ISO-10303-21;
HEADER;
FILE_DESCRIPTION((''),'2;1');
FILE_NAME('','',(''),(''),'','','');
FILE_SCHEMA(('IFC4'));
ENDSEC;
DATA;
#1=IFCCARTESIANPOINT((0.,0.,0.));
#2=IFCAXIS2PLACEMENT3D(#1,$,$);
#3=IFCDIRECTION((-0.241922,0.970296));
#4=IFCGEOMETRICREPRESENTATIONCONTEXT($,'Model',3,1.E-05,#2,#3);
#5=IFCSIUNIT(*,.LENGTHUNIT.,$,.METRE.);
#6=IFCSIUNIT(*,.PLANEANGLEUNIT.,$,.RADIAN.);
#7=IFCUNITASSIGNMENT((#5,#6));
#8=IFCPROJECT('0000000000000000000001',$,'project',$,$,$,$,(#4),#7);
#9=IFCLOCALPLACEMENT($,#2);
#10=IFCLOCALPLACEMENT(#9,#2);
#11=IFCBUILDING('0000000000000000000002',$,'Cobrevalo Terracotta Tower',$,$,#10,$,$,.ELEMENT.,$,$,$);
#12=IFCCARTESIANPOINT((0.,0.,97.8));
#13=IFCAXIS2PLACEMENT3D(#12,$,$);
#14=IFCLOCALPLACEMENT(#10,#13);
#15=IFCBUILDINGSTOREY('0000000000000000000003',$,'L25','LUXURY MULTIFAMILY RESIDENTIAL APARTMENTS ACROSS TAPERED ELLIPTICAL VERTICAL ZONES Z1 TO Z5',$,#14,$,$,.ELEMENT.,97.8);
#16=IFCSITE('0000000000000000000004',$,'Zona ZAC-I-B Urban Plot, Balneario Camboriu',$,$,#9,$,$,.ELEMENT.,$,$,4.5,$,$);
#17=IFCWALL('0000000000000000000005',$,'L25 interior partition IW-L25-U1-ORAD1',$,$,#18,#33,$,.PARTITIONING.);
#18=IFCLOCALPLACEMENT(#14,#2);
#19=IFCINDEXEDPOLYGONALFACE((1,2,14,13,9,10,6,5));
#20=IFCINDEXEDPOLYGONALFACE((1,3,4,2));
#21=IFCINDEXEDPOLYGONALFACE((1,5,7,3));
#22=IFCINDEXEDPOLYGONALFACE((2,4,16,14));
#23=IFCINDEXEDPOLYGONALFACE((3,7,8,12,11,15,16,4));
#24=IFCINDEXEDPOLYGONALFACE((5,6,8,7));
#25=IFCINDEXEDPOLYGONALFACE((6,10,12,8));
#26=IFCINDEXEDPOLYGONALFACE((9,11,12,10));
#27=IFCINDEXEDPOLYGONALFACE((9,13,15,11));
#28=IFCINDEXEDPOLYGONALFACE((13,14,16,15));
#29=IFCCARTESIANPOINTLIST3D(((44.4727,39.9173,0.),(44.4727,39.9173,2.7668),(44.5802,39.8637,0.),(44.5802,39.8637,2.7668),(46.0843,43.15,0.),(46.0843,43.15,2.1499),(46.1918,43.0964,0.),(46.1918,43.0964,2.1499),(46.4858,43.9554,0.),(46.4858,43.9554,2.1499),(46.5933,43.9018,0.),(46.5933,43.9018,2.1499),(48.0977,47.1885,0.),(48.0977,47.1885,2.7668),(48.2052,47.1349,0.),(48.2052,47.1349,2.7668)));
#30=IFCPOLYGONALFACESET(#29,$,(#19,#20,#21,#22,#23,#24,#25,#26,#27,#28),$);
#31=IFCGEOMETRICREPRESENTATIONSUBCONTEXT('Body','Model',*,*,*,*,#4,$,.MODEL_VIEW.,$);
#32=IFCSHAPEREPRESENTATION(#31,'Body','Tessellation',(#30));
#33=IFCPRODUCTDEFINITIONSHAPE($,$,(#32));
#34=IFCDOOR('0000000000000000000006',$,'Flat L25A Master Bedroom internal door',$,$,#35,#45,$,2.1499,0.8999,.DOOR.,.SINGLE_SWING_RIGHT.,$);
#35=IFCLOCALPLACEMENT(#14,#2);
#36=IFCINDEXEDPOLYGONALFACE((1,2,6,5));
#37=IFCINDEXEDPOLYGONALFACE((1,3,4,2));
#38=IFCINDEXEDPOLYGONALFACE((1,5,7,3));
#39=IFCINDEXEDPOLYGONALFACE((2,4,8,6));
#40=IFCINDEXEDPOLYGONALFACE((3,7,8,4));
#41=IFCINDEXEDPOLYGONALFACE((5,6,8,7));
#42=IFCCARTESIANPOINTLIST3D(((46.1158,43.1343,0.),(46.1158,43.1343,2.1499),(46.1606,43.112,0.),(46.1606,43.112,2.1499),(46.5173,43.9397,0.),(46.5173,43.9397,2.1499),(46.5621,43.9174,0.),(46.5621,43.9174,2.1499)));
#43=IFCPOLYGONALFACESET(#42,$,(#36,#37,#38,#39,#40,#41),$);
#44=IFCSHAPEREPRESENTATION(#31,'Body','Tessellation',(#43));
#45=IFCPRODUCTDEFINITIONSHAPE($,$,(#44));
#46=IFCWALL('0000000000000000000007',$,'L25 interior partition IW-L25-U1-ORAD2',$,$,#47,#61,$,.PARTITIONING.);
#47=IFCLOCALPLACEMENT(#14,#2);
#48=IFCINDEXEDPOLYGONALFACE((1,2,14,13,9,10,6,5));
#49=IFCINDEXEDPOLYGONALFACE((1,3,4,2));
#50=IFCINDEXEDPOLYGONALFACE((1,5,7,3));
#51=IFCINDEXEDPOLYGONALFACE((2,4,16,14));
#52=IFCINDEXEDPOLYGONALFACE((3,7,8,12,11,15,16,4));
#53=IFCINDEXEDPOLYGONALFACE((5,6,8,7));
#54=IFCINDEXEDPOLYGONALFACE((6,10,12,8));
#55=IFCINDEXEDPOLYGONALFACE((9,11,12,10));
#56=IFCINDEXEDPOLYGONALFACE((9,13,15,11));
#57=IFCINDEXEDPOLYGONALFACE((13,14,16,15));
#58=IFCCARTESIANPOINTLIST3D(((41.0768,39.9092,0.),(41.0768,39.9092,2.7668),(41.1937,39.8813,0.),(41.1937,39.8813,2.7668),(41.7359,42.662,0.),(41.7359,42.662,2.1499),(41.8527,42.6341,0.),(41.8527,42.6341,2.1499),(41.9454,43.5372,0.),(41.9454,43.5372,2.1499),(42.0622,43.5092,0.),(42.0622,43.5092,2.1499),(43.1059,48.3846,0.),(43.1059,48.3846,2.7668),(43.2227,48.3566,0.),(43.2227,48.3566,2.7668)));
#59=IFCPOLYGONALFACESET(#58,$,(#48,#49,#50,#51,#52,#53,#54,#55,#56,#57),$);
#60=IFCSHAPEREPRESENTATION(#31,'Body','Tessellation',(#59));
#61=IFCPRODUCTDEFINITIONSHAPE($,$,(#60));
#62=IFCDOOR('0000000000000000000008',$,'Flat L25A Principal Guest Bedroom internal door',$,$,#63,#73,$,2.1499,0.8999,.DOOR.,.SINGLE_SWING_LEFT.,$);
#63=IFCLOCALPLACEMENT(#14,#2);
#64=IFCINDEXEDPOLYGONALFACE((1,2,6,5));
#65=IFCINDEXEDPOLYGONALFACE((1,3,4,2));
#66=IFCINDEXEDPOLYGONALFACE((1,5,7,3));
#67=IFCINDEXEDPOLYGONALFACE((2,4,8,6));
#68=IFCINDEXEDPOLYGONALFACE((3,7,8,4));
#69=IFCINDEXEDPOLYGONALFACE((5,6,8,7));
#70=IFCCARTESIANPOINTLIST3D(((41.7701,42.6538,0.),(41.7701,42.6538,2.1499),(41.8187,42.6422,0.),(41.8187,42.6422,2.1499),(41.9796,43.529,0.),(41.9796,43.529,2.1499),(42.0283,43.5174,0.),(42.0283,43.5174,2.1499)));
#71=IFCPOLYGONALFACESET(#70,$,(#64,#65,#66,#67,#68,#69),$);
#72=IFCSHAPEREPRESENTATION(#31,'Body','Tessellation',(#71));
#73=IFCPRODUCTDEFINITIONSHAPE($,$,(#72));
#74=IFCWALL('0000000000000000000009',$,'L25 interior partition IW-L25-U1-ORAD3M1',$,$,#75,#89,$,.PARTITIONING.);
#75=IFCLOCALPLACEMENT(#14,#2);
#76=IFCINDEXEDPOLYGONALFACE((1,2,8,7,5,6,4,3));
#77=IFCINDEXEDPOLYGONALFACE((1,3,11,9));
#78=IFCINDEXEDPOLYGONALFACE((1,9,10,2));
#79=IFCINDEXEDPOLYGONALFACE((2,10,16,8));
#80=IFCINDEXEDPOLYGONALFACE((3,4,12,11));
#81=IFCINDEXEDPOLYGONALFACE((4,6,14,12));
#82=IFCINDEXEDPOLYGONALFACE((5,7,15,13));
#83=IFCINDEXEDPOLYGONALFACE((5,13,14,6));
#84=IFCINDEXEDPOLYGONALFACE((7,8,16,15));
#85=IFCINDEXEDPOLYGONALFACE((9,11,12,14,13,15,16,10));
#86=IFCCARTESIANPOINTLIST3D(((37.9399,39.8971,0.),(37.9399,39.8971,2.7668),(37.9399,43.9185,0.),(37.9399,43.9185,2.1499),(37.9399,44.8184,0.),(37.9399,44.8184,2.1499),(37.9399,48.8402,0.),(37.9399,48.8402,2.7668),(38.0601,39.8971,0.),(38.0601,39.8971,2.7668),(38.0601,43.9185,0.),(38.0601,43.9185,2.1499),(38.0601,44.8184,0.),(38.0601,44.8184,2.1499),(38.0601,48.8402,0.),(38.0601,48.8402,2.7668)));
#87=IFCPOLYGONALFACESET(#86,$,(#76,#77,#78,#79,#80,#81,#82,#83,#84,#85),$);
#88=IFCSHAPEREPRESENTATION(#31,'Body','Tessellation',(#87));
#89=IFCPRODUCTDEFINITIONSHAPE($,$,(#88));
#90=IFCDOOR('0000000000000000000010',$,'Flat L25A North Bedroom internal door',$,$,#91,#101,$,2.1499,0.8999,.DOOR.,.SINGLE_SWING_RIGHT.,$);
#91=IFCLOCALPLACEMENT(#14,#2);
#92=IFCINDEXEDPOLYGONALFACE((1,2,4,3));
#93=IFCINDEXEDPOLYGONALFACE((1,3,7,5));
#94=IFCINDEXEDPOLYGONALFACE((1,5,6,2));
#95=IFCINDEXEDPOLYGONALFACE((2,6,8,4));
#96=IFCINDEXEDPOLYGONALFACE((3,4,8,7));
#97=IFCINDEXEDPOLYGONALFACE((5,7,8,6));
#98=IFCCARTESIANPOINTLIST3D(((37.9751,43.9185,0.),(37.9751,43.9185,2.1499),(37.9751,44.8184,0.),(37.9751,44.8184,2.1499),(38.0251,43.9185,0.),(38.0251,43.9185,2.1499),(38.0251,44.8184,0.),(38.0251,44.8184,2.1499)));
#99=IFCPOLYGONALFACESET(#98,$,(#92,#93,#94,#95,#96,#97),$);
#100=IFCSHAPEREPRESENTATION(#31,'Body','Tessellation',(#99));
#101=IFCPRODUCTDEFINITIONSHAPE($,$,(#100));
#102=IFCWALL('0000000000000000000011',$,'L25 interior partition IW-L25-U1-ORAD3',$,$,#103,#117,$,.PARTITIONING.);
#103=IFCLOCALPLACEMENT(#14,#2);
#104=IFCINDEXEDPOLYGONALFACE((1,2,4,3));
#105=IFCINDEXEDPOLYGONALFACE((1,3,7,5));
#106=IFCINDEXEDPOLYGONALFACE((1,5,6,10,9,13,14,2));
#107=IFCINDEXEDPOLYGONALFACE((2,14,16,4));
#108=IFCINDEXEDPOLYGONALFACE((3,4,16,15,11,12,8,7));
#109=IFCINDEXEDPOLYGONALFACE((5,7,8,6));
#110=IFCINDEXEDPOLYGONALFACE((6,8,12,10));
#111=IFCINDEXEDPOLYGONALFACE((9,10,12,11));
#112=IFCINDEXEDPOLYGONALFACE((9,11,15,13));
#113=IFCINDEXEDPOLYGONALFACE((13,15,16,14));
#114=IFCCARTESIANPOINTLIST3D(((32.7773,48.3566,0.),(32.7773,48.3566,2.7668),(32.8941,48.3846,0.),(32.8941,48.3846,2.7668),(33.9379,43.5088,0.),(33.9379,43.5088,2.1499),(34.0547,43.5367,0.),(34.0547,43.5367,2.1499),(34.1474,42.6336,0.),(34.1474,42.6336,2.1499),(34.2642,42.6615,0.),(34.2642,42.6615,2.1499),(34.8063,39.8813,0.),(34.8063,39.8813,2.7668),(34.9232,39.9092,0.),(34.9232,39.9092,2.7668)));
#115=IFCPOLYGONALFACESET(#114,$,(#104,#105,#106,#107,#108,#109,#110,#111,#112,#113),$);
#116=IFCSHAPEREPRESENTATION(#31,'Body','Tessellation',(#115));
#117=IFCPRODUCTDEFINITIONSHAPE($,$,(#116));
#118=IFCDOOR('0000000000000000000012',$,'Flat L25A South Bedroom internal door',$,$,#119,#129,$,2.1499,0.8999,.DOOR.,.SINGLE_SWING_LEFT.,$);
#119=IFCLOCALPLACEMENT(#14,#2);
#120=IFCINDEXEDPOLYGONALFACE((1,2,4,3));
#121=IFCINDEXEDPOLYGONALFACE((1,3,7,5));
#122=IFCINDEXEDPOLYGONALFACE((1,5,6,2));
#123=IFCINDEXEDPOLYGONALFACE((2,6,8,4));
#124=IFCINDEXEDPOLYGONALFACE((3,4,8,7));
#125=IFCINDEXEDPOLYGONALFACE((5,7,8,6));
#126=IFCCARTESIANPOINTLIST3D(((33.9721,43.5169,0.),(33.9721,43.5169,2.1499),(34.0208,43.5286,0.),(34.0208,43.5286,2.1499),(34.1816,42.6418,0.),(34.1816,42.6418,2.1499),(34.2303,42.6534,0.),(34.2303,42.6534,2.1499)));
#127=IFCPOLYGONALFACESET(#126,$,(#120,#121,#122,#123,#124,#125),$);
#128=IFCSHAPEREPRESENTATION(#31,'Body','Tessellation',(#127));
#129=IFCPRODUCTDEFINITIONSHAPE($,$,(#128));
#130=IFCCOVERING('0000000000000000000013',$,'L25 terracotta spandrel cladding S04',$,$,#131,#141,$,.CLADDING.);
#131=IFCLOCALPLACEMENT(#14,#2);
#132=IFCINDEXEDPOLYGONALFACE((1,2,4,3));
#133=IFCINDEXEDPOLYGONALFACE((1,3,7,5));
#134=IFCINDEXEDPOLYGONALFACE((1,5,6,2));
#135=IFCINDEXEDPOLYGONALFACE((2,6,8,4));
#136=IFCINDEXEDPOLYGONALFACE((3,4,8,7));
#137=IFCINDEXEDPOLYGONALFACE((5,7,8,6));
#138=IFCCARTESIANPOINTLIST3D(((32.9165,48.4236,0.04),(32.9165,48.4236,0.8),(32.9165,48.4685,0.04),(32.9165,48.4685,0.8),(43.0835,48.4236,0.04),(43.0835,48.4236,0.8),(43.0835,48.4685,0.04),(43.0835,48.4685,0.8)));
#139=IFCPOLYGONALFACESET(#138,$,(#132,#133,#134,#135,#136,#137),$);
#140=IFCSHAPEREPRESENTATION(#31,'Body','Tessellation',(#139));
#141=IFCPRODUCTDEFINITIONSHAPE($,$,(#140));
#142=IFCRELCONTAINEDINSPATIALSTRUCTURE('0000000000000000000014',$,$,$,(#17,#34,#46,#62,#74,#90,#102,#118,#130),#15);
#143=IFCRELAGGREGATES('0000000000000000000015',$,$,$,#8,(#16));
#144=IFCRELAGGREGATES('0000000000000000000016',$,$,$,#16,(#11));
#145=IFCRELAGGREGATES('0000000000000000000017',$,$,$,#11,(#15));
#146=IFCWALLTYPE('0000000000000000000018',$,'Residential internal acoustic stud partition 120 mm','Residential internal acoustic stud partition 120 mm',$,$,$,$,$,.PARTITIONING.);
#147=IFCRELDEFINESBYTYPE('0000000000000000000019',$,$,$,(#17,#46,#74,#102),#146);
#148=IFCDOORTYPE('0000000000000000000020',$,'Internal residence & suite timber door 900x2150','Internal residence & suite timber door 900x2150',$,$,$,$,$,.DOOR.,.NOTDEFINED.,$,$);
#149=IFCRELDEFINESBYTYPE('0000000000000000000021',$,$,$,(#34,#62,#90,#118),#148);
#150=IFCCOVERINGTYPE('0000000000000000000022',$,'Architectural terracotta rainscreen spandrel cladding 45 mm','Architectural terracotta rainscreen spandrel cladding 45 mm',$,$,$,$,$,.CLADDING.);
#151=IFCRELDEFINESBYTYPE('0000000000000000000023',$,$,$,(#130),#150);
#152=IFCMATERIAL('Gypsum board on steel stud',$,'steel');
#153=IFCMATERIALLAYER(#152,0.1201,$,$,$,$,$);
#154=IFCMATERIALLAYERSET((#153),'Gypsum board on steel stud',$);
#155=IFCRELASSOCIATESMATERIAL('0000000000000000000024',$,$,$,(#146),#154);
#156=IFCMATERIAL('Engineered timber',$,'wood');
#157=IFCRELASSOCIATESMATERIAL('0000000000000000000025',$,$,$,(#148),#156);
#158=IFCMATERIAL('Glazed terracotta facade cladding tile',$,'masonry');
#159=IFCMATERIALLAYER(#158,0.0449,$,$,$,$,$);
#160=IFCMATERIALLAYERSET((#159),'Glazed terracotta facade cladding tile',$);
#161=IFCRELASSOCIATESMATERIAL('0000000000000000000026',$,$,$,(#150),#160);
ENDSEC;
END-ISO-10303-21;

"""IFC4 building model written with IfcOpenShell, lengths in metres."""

from ifc_helpers import new_model, si_unit, direction, frame, frame_2d, origin, origin_2d, place, context, subcontext, project, spatial, rectangle, extrude, source, transform, mapped, material, layer, layer_set, type_object, element, fill, save


model = new_model("IFC4")

# Units and contexts
model_context = context("Model", 3, precision=1e-05, world=origin(), true_north=direction((-0.241922, 0.970296)))
body_context = subcontext(model_context, "Body", "Model", "MODEL_VIEW")
ifc_project = project(units=[si_unit("LENGTHUNIT", "METRE"), si_unit("PLANEANGLEUNIT", "RADIAN")], contexts=[model_context])

# Site, building, storey
site_placement = place(None, origin())
site = spatial("IfcSite", under=ifc_project, at=site_placement, Name="Zona ZAC-I-B Urban Plot, Balneario Camboriu", CompositionType="ELEMENT", RefElevation=4.5)
building_placement = place(site_placement, origin())
building = spatial("IfcBuilding", under=site, at=building_placement, Name="Cobrevalo Terracotta Tower", CompositionType="ELEMENT")
storey_placement = place(building_placement, frame((0.0, 0.0, 97.8)))
storey = spatial("IfcBuildingStorey", under=building, at=storey_placement, Name="L25", Description="LUXURY MULTIFAMILY RESIDENTIAL APARTMENTS ACROSS TAPERED ELLIPTICAL VERTICAL ZONES Z1 TO Z5", CompositionType="ELEMENT", Elevation=97.8)

# Walls, openings, doors
ifc_material_1 = material(Name="Gypsum board on steel stud", Category="steel")
ifc_layer_1 = layer(ifc_material_1, 0.1201)
ifc_layer_set_1 = layer_set([ifc_layer_1], Name="Gypsum board on steel stud")
wall_type_1 = type_object("IfcWallType", Name="Residential internal acoustic stud partition 120 mm", Description="Residential internal acoustic stud partition 120 mm", PredefinedType="PARTITIONING", material=ifc_layer_set_1)
wall_1_placement = place(storey_placement, frame((44.5264, 39.8904, 0.0), z_axis=(0.0, 0.0, 1.0), x_axis=(0.446168, 0.894949, 0.0)))
wall_1 = element("IfcWall", 1, at=wall_1_placement, inside=storey, type_object=wall_type_1, Name="L25 interior partition IW-L25-U1-ORAD1", PredefinedType="PARTITIONING", context=body_context, shape_type="SweptSolid", body=[
    extrude(rectangle(XDim=8.1248, YDim=0.1201, at=frame_2d((4.0625, 0.0))), origin(), (0.0, 0.0, 1.0), 2.7668),
])
opening_1_placement = place(wall_1_placement, frame((3.6123, 0.0, 0.0)))
opening_1 = element("IfcOpeningElement", 2, at=opening_1_placement, cuts=wall_1, PredefinedType="OPENING", context=body_context, shape_type="SweptSolid", body=[
    extrude(rectangle(XDim=0.8999, YDim=2.1499, at=frame_2d((0.45, 1.075))), frame((0.0, 0.0701, 0.0), z_axis=(0.0, -1.0, 0.0), x_axis=(1.0, 0.0, 0.0)), (0.0, 0.0, 1.0), 0.1401),
])
ifc_material_2 = material(Name="Engineered timber", Category="wood")
door_type = type_object("IfcDoorType", Name="Internal residence & suite timber door 900x2150", Description="Internal residence & suite timber door 900x2150", OperationType="NOTDEFINED", PredefinedType="DOOR", material=ifc_material_2)
shared_shape_1 = source(origin(), body_context, "Body", "SweptSolid", [
    extrude(rectangle(XDim=0.8999, YDim=2.1499, at=frame_2d((0.45, 1.075))), frame((0.0, 0.0249, 0.0), z_axis=(0.0, -1.0, 0.0), x_axis=(1.0, 0.0, 0.0)), (0.0, 0.0, 1.0), 0.05),
])
door_1_placement = place(opening_1_placement, origin())
door_1 = element("IfcDoor", 3, at=door_1_placement, inside=storey, type_object=door_type, Name="Flat L25A Master Bedroom internal door", OperationType="SINGLE_SWING_RIGHT", OverallHeight=2.1499, OverallWidth=0.8999, PredefinedType="DOOR", context=body_context, shape_type="MappedRepresentation", body=[
    mapped(shared_shape_1, transform((0.0, 0.0, 0.0), scale=1.0)),
])
fill(opening_1, door_1)
wall_2_placement = place(storey_placement, frame((41.1353, 39.8953, 0.0), z_axis=(0.0, 0.0, 1.0), x_axis=(0.232827, 0.972518, 0.0)))
wall_2 = element("IfcWall", 4, at=wall_2_placement, inside=storey, type_object=wall_type_1, Name="L25 interior partition IW-L25-U1-ORAD2", PredefinedType="PARTITIONING", context=body_context, shape_type="SweptSolid", body=[
    extrude(rectangle(XDim=8.7148, YDim=0.1201, at=frame_2d((4.3574, 0.0))), origin(), (0.0, 0.0, 1.0), 2.7668),
])
opening_2_placement = place(wall_2_placement, frame((2.8306, 0.0, 0.0)))
opening_2 = element("IfcOpeningElement", 5, at=opening_2_placement, cuts=wall_2, PredefinedType="OPENING", context=body_context, shape_type="SweptSolid", body=[
    extrude(rectangle(XDim=0.8999, YDim=2.1499, at=frame_2d((0.45, 1.075))), frame((0.0, 0.0701, 0.0), z_axis=(0.0, -1.0, 0.0), x_axis=(1.0, 0.0, 0.0)), (0.0, 0.0, 1.0), 0.1401),
])
door_2_placement = place(opening_2_placement, origin())
door_2 = element("IfcDoor", 6, at=door_2_placement, inside=storey, type_object=door_type, Name="Flat L25A Principal Guest Bedroom internal door", OperationType="SINGLE_SWING_LEFT", OverallHeight=2.1499, OverallWidth=0.8999, PredefinedType="DOOR", context=body_context, shape_type="MappedRepresentation", body=[
    mapped(shared_shape_1, transform((0.0, 0.0, 0.0), scale=1.0)),
])
fill(opening_2, door_2)
wall_3_placement = place(storey_placement, frame((38.0, 39.897, 0.0), z_axis=(0.0, 0.0, 1.0), x_axis=(0.0, 1.0, 0.0)))
wall_3 = element("IfcWall", 7, at=wall_3_placement, inside=storey, type_object=wall_type_1, Name="L25 interior partition IW-L25-U1-ORAD3M1", PredefinedType="PARTITIONING", context=body_context, shape_type="SweptSolid", body=[
    extrude(rectangle(XDim=8.9431, YDim=0.1201, at=frame_2d((4.4717, 0.0))), origin(), (0.0, 0.0, 1.0), 2.7668),
])
opening_3_placement = place(wall_3_placement, frame((4.0215, 0.0, 0.0)))
opening_3 = element("IfcOpeningElement", 8, at=opening_3_placement, cuts=wall_3, PredefinedType="OPENING", context=body_context, shape_type="SweptSolid", body=[
    extrude(rectangle(XDim=0.8999, YDim=2.1499, at=frame_2d((0.45, 1.075))), frame((0.0, 0.0701, 0.0), z_axis=(0.0, -1.0, 0.0), x_axis=(1.0, 0.0, 0.0)), (0.0, 0.0, 1.0), 0.1401),
])
door_3_placement = place(opening_3_placement, origin())
door_3 = element("IfcDoor", 9, at=door_3_placement, inside=storey, type_object=door_type, Name="Flat L25A North Bedroom internal door", OperationType="SINGLE_SWING_RIGHT", OverallHeight=2.1499, OverallWidth=0.8999, PredefinedType="DOOR", context=body_context, shape_type="MappedRepresentation", body=[
    mapped(shared_shape_1, transform((0.0, 0.0, 0.0), scale=1.0)),
])
fill(opening_3, door_3)
wall_4_placement = place(storey_placement, frame((34.8647, 39.8953, 0.0), z_axis=(0.0, 0.0, 1.0), x_axis=(-0.232827, 0.972518, 0.0)))
wall_4 = element("IfcWall", 10, at=wall_4_placement, inside=storey, type_object=wall_type_1, Name="L25 interior partition IW-L25-U1-ORAD3", PredefinedType="PARTITIONING", context=body_context, shape_type="SweptSolid", body=[
    extrude(rectangle(XDim=8.7148, YDim=0.1201, at=frame_2d((4.3574, 0.0))), origin(), (0.0, 0.0, 1.0), 2.7668),
])
opening_4_placement = place(wall_4_placement, frame((2.8301, 0.0, 0.0)))
opening_4 = element("IfcOpeningElement", 11, at=opening_4_placement, cuts=wall_4, PredefinedType="OPENING", context=body_context, shape_type="SweptSolid", body=[
    extrude(rectangle(XDim=0.8999, YDim=2.1499, at=frame_2d((0.45, 1.075))), frame((0.0, 0.0701, 0.0), z_axis=(0.0, -1.0, 0.0), x_axis=(1.0, 0.0, 0.0)), (0.0, 0.0, 1.0), 0.1401),
])
door_4_placement = place(opening_4_placement, origin())
door_4 = element("IfcDoor", 12, at=door_4_placement, inside=storey, type_object=door_type, Name="Flat L25A South Bedroom internal door", OperationType="SINGLE_SWING_LEFT", OverallHeight=2.1499, OverallWidth=0.8999, PredefinedType="DOOR", context=body_context, shape_type="MappedRepresentation", body=[
    mapped(shared_shape_1, transform((0.0, 0.0, 0.0), scale=1.0)),
])
fill(opening_4, door_4)

# Covering
ifc_material_3 = material(Name="Glazed terracotta facade cladding tile", Category="masonry")
ifc_layer_2 = layer(ifc_material_3, 0.0449)
ifc_layer_set_2 = layer_set([ifc_layer_2], Name="Glazed terracotta facade cladding tile")
covering_type = type_object("IfcCoveringType", Name="Architectural terracotta rainscreen spandrel cladding 45 mm", Description="Architectural terracotta rainscreen spandrel cladding 45 mm", PredefinedType="CLADDING", material=ifc_layer_set_2)
shared_shape_2 = source(origin(), body_context, "Body", "SweptSolid", [
    extrude(rectangle(XDim=10.167, YDim=0.0449, at=origin_2d()), origin(), (0.0, 0.0, 1.0), 0.76),
])
covering_placement = place(storey_placement, frame((38.0, 48.446, 0.04), z_axis=(0.0, 0.0, 1.0), x_axis=(-1.0, 0.0, 0.0)))
element("IfcCovering", 13, at=covering_placement, inside=storey, type_object=covering_type, Name="L25 terracotta spandrel cladding S04", PredefinedType="CLADDING", context=body_context, shape_type="MappedRepresentation", body=[
    mapped(shared_shape_2, transform((0.0, 0.0, 0.0), scale=1.0)),
])

save(model, "model.ifc")
